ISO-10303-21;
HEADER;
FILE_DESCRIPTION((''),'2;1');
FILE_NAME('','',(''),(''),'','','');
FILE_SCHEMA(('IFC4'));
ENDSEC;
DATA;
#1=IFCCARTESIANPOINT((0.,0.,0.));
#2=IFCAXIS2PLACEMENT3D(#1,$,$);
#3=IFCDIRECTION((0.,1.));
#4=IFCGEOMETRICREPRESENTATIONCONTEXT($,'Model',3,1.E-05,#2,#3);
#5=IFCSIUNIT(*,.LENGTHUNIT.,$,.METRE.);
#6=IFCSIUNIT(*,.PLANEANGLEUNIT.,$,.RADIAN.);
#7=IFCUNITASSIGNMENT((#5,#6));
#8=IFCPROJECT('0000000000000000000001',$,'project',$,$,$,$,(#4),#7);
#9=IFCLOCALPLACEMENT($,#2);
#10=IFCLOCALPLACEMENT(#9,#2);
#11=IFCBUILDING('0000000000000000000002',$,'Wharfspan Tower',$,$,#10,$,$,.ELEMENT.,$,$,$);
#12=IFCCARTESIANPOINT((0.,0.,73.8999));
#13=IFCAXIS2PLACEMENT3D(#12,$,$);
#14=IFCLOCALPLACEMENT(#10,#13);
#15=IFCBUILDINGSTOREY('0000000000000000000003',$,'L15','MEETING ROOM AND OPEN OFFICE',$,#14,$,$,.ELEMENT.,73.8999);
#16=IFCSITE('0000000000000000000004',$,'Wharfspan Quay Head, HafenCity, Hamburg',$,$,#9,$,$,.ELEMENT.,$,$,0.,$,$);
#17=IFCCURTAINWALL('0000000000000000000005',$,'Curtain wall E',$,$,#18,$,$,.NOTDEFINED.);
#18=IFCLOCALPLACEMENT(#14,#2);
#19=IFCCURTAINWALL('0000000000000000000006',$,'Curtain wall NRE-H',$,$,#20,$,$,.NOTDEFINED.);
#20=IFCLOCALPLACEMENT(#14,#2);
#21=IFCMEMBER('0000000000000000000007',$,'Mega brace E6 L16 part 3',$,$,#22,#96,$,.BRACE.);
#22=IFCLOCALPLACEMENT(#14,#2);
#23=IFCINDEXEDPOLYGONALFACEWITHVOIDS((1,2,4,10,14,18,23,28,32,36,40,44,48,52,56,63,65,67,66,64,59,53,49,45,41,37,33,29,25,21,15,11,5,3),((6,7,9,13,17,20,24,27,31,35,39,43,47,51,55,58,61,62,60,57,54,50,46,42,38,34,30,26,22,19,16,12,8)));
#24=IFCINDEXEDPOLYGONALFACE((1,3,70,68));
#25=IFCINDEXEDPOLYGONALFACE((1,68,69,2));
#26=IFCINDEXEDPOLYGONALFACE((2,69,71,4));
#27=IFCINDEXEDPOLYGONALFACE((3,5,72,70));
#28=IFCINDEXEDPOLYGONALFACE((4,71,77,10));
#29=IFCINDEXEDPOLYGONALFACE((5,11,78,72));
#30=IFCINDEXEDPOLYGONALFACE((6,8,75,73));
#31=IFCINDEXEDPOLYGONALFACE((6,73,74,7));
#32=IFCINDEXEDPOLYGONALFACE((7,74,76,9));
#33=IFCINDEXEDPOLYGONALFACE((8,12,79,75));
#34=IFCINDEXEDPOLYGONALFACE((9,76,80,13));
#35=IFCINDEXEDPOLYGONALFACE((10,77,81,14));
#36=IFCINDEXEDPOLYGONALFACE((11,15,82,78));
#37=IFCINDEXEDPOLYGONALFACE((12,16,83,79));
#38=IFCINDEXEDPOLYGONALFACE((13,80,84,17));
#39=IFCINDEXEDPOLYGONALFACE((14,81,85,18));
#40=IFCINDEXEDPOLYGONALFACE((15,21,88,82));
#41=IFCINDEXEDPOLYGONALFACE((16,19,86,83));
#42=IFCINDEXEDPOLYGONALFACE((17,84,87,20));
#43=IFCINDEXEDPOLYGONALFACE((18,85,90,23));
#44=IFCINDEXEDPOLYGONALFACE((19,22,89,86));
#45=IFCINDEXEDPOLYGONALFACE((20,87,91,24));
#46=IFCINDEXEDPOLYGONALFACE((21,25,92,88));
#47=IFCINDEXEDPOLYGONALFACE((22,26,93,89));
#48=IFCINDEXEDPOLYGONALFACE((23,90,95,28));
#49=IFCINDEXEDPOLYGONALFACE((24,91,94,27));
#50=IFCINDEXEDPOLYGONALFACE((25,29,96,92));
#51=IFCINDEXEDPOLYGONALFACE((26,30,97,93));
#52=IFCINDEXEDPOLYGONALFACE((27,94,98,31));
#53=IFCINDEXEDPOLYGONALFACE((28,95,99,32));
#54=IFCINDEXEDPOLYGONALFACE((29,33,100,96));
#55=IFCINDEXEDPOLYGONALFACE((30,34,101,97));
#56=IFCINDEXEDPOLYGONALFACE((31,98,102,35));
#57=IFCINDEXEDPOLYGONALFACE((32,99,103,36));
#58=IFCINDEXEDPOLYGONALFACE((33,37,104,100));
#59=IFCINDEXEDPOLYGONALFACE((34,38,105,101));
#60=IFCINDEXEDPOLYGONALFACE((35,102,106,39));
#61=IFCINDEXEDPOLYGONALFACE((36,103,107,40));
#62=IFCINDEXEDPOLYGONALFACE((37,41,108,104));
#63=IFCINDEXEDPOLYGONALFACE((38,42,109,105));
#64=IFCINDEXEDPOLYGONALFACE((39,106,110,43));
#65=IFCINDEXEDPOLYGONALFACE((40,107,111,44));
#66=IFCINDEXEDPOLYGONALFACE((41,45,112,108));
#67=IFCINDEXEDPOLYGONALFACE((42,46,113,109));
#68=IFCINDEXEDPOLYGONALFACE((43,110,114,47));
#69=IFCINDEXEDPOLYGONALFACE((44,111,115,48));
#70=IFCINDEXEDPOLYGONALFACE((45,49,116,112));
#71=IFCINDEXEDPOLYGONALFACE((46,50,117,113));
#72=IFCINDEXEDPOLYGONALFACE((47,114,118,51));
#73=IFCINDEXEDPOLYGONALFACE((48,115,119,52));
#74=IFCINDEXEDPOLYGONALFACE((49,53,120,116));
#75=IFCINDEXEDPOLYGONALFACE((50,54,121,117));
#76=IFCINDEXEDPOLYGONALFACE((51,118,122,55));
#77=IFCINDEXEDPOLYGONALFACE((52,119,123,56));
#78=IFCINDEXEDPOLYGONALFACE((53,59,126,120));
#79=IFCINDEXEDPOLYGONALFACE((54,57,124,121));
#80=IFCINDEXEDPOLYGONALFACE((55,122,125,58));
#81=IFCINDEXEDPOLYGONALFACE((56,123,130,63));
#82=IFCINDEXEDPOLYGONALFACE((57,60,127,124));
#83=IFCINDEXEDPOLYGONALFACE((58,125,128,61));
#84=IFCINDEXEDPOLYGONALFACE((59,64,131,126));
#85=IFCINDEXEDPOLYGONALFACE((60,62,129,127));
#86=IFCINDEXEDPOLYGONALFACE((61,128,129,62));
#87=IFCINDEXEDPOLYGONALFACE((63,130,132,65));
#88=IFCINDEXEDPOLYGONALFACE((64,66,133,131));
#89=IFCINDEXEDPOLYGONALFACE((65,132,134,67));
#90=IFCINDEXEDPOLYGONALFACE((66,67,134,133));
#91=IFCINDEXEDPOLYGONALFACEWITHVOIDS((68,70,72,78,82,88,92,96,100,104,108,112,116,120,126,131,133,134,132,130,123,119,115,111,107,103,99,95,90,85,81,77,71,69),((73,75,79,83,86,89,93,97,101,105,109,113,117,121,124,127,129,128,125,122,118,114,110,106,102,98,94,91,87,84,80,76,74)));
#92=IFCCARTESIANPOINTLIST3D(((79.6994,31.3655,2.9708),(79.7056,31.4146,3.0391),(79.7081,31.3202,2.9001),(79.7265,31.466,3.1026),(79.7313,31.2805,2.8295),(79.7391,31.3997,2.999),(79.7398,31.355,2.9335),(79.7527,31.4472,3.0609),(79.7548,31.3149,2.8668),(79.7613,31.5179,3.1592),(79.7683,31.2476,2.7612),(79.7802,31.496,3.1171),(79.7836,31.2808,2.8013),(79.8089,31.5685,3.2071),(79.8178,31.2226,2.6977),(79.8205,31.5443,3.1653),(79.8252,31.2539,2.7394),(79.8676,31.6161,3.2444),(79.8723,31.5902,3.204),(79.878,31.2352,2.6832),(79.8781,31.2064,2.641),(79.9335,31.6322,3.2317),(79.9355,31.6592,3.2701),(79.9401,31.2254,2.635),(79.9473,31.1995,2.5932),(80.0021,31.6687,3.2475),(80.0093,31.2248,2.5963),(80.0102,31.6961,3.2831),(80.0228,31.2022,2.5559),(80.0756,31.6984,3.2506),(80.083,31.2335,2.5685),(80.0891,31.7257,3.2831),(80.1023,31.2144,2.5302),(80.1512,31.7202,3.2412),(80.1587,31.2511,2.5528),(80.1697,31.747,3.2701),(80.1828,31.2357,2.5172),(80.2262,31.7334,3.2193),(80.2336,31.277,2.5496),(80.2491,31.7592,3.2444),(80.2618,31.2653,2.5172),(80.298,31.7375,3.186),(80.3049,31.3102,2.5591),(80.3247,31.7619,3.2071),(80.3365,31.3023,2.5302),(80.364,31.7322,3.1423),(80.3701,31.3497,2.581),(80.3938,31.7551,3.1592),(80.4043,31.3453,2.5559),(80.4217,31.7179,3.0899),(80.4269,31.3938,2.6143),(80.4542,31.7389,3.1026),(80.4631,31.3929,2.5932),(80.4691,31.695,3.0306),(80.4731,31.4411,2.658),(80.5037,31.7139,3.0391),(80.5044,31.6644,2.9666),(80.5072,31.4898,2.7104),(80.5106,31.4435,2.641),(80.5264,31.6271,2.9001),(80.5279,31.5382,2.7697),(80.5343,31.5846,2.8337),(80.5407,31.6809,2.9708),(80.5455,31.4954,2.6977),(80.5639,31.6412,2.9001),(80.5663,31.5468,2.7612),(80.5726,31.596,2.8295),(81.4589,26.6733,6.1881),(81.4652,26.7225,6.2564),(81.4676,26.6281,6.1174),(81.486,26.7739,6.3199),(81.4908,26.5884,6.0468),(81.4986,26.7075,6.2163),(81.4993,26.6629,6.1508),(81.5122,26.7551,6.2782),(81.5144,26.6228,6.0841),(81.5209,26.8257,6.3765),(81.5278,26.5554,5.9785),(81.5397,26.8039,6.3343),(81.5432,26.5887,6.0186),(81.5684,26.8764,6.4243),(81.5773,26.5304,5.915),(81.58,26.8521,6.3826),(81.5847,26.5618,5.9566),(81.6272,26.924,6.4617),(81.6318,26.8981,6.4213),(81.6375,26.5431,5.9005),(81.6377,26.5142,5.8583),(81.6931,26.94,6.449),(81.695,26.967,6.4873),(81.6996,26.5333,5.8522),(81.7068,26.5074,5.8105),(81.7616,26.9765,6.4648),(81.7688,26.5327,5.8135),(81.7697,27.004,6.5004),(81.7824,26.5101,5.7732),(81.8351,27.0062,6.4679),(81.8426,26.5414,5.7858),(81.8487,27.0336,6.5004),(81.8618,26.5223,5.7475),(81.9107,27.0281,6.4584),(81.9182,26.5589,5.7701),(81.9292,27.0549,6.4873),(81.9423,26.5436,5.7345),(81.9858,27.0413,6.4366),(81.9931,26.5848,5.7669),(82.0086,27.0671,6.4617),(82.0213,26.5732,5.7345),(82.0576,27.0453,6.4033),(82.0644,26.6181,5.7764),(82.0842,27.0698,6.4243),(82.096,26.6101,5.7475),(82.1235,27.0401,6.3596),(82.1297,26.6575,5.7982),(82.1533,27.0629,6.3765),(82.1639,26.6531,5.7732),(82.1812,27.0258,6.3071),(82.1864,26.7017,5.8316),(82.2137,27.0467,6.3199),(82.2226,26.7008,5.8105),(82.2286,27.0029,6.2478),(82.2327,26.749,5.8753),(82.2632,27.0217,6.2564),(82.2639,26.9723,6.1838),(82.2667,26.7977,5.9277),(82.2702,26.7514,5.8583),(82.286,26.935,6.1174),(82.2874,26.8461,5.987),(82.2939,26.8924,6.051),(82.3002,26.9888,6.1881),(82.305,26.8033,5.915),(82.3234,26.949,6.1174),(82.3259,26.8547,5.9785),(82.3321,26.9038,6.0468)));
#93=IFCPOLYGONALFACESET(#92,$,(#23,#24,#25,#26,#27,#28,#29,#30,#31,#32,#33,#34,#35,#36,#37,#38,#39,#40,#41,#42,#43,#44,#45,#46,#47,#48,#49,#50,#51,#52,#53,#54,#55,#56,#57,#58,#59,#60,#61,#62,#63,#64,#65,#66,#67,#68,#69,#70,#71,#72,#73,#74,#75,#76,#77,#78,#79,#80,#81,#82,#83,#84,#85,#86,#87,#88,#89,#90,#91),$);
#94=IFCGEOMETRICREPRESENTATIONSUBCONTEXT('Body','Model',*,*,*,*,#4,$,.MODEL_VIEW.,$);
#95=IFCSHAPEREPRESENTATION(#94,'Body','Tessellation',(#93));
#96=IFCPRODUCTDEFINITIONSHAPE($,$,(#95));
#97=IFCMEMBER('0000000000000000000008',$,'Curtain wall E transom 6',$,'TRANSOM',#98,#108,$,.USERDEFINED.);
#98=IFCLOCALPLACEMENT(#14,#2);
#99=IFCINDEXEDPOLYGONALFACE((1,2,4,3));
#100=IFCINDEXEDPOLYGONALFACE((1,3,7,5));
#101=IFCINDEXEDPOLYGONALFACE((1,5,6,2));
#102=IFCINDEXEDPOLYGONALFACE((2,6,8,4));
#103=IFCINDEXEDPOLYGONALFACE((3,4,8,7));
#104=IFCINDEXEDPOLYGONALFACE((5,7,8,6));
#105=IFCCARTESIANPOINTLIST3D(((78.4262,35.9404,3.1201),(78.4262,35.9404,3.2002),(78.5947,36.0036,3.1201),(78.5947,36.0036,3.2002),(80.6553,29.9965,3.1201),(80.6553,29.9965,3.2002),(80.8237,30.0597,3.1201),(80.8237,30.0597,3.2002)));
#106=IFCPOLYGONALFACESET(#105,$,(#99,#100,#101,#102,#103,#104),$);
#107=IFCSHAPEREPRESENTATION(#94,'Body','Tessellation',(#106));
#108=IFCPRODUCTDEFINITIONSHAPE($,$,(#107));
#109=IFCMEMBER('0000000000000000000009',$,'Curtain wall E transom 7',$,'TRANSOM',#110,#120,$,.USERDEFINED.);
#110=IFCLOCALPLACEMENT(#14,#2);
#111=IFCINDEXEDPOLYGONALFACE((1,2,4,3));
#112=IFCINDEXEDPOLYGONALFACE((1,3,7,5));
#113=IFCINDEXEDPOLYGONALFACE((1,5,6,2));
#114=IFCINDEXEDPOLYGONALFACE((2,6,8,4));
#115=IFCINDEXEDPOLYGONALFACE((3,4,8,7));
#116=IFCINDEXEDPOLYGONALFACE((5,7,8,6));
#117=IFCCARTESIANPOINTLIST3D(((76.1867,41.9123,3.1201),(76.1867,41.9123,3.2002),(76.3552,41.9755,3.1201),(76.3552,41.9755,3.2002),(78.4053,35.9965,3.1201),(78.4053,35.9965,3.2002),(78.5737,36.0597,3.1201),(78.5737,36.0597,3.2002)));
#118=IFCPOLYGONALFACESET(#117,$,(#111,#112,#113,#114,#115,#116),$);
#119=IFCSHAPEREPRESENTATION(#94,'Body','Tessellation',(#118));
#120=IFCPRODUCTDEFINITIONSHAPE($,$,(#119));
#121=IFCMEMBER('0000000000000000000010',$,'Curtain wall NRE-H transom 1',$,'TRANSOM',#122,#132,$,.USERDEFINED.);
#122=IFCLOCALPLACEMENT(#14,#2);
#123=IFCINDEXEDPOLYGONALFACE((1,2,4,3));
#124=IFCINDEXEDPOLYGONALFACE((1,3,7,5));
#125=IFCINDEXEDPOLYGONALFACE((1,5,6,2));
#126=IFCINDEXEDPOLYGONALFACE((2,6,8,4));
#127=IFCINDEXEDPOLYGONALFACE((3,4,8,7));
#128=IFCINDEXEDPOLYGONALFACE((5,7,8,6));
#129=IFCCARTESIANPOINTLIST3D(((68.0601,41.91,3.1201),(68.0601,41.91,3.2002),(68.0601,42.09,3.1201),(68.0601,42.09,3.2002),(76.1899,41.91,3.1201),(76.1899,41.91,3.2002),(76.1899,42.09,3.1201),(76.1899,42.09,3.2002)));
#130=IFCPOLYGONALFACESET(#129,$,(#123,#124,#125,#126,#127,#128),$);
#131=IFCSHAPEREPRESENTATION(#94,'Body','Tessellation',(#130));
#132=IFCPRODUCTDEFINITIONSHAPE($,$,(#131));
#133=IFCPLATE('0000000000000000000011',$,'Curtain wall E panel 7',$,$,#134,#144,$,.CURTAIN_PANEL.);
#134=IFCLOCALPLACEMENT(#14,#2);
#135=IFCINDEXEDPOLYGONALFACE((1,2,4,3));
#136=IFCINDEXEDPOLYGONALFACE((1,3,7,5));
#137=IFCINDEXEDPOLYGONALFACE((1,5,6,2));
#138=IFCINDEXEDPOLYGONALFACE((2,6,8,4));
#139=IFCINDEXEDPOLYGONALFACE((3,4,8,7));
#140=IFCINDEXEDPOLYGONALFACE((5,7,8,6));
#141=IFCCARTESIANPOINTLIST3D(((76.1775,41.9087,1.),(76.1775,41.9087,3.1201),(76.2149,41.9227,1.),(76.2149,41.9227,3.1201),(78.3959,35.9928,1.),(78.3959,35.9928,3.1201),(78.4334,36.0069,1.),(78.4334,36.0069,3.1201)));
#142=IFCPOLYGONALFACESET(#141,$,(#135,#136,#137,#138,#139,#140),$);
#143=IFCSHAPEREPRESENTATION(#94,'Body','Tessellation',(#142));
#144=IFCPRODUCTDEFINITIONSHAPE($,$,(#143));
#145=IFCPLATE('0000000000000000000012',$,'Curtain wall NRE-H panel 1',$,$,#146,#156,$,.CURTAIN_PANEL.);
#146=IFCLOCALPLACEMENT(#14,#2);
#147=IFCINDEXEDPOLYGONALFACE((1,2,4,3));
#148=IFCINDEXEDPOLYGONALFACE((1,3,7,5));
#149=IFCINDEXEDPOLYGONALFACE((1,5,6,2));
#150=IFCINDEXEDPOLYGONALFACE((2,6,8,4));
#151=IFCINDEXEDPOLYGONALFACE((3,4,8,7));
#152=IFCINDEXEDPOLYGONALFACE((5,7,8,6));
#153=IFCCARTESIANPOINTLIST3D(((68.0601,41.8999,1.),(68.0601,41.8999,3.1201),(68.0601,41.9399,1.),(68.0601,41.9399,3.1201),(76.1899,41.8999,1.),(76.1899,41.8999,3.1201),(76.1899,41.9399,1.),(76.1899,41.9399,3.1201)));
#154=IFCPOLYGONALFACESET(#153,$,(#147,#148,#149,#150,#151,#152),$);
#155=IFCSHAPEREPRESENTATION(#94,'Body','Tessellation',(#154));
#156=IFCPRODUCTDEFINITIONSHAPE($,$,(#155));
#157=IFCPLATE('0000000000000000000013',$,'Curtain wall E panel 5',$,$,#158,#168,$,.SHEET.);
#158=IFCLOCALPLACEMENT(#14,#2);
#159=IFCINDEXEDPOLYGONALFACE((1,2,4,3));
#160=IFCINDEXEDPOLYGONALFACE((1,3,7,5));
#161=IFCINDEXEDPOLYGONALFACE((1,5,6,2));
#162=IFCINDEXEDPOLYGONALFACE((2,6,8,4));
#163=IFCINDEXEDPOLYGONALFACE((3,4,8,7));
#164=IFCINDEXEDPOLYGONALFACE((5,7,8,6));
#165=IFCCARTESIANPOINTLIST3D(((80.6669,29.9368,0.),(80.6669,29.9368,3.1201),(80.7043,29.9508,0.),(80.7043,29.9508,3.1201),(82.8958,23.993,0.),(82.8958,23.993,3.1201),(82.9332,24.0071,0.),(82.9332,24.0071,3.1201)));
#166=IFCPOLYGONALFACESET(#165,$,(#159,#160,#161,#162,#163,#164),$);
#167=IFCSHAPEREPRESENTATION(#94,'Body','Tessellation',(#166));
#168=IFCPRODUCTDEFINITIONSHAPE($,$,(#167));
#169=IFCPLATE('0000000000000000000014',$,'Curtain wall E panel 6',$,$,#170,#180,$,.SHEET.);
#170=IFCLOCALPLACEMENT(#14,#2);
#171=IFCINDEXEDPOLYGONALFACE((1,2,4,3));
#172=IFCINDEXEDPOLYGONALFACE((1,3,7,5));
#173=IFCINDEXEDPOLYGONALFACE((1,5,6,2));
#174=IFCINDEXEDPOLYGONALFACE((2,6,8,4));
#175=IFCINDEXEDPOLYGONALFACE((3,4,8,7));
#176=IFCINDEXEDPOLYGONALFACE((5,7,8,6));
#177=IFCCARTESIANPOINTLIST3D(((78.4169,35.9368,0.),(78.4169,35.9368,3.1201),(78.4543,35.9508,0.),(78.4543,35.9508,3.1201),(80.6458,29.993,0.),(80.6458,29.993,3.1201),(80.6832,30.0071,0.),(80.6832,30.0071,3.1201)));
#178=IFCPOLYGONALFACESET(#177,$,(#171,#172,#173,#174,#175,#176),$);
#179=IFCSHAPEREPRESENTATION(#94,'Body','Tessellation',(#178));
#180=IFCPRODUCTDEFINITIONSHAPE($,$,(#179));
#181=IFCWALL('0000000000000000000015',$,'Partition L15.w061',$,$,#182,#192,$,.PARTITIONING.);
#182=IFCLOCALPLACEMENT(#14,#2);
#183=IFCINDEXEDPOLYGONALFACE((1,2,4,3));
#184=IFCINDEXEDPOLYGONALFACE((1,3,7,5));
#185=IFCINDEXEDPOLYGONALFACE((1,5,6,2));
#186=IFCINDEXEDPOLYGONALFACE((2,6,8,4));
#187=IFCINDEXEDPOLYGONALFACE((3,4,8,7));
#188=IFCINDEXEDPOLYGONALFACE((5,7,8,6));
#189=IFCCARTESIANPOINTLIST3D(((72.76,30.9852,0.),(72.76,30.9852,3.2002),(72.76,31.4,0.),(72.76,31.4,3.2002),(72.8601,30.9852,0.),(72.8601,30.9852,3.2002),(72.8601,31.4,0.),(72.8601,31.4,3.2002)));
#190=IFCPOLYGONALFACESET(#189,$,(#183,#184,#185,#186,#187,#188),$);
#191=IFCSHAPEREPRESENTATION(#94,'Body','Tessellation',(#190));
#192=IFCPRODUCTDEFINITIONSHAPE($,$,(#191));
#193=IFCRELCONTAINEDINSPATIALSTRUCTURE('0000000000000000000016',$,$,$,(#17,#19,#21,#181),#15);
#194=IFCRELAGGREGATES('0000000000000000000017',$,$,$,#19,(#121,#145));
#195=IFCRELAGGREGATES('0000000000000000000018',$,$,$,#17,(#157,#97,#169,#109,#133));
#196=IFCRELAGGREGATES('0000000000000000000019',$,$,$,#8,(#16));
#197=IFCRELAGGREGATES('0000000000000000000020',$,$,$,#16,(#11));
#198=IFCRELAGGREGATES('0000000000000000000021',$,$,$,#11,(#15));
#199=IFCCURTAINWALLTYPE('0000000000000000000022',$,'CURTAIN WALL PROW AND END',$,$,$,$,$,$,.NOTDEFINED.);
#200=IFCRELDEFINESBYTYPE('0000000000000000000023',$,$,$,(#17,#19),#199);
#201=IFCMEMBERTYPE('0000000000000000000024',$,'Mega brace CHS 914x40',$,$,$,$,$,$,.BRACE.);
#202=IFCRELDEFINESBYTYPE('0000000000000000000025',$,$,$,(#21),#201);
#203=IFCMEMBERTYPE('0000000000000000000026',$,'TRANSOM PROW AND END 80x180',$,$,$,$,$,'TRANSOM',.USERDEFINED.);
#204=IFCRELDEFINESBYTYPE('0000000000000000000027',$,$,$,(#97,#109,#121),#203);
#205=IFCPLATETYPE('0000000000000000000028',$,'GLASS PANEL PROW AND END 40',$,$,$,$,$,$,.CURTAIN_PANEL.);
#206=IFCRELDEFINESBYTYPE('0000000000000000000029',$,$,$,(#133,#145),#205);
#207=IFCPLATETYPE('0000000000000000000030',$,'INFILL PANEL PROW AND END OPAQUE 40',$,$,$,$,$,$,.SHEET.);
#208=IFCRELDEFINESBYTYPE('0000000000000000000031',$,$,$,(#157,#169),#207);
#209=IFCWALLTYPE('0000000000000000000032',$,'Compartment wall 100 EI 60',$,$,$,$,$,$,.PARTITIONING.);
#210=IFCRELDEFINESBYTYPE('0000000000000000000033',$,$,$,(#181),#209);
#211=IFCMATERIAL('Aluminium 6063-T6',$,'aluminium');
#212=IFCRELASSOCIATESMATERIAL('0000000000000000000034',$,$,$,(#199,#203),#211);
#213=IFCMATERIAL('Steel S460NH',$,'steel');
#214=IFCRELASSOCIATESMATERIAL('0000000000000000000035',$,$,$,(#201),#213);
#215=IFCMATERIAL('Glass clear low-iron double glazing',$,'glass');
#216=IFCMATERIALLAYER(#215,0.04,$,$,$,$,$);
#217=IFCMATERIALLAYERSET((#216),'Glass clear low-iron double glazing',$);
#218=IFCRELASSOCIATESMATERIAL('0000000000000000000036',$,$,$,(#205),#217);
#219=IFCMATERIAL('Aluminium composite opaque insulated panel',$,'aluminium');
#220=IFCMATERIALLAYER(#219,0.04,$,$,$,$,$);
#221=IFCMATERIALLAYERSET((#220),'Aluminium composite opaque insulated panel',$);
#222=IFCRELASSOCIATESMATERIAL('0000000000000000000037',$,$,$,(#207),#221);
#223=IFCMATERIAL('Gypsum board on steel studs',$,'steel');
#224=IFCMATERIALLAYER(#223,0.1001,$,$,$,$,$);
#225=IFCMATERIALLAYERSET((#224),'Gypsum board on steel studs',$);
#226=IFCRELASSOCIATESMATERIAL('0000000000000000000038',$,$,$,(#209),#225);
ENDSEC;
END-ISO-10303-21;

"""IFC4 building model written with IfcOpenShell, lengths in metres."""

from ifc_helpers import new_model, si_unit, direction, frame, frame_2d, origin, origin_2d, place, context, subcontext, project, spatial, rectangle, hollow_circle, extrude, material, layer, layer_set, material_profile, profile_set, type_object, element, aggregate, save


model = new_model("IFC4")

# Units and contexts
model_context = context("Model", 3, precision=1e-05, world=origin(), true_north=direction((0.0, 1.0)))
body_context = subcontext(model_context, "Body", "Model", "MODEL_VIEW")
ifc_project = project(units=[si_unit("LENGTHUNIT", "METRE"), si_unit("PLANEANGLEUNIT", "RADIAN")], contexts=[model_context])

# Site, building, storey
site_placement = place(None, origin())
site = spatial("IfcSite", under=ifc_project, at=site_placement, Name="Wharfspan Quay Head, HafenCity, Hamburg", CompositionType="ELEMENT", RefElevation=0.0)
building_placement = place(site_placement, origin())
building = spatial("IfcBuilding", under=site, at=building_placement, Name="Wharfspan Tower", CompositionType="ELEMENT")
storey_placement = place(building_placement, frame((0.0, 0.0, 73.8999)))
storey = spatial("IfcBuildingStorey", under=building, at=storey_placement, Name="L15", Description="MEETING ROOM AND OPEN OFFICE", CompositionType="ELEMENT", Elevation=73.8999)

# Curtain wall
ifc_material_1 = material(Name="Aluminium 6063-T6", Category="aluminium")
curtain_wall_type = type_object("IfcCurtainWallType", Name="CURTAIN WALL PROW AND END", PredefinedType="NOTDEFINED", material=ifc_material_1)
curtain_wall_1_placement = place(storey_placement, origin())
curtain_wall_1 = element("IfcCurtainWall", 1, at=curtain_wall_1_placement, inside=storey, type_object=curtain_wall_type, Name="Curtain wall E", PredefinedType="NOTDEFINED")

# Curtain wall
curtain_wall_2_placement = place(storey_placement, origin())
curtain_wall_2 = element("IfcCurtainWall", 2, at=curtain_wall_2_placement, inside=storey, type_object=curtain_wall_type, Name="Curtain wall NRE-H", PredefinedType="NOTDEFINED")

# Members
ifc_material_2 = material(Name="Steel S460NH", Category="steel")
ifc_material_profile_1 = material_profile(ifc_material_2, hollow_circle(Radius=0.457, WallThickness=0.04, at=origin_2d()))
ifc_profile_set_1 = profile_set([ifc_material_profile_1], Name="Steel S460NH")
member_type_1 = type_object("IfcMemberType", Name="Mega brace CHS 914x40", PredefinedType="BRACE", material=ifc_profile_set_1)
member_1_placement = place(storey_placement, frame((80.136, 31.4807, 2.9001), z_axis=(0.295466, -0.787922, 0.540259), x_axis=(0.936329, 0.351115, -0.000004)))
element("IfcMember", 3, at=member_1_placement, inside=storey, type_object=member_type_1, Name="Mega brace E6 L16 part 3", PredefinedType="BRACE", context=body_context, shape_type="SweptSolid", body=[
    extrude(hollow_circle(Radius=0.457, WallThickness=0.04, at=origin_2d()), origin(), (0.0, 0.0, 1.0), 5.9551),
])
ifc_material_profile_2 = material_profile(ifc_material_1, rectangle(XDim=0.1799, YDim=0.0801, at=origin_2d()))
ifc_profile_set_2 = profile_set([ifc_material_profile_2], Name="Aluminium 6063-T6")
member_type_2 = type_object("IfcMemberType", Name="TRANSOM PROW AND END 80x180", ElementType="TRANSOM", PredefinedType="USERDEFINED", material=ifc_profile_set_2)
member_2_placement = place(storey_placement, frame((80.7395, 30.0281, 3.1602), z_axis=(-0.351132, 0.936326, 0.0), x_axis=(-0.936326, -0.351132, 0.0)))
member_2 = element("IfcMember", 4, at=member_2_placement, type_object=member_type_2, Name="Curtain wall E transom 6", ObjectType="TRANSOM", PredefinedType="USERDEFINED", context=body_context, shape_type="SweptSolid", body=[
    extrude(rectangle(XDim=0.1799, YDim=0.0801, at=origin_2d()), origin(), (0.0, 0.0, 1.0), 6.3481),
])
member_3_placement = place(storey_placement, frame((78.4895, 36.0281, 3.1602), z_axis=(-0.351136, 0.936324, 0.0), x_axis=(-0.936324, -0.351136, 0.0)))
member_3 = element("IfcMember", 5, at=member_3_placement, type_object=member_type_2, Name="Curtain wall E transom 7", ObjectType="TRANSOM", PredefinedType="USERDEFINED", context=body_context, shape_type="SweptSolid", body=[
    extrude(rectangle(XDim=0.1799, YDim=0.0801, at=origin_2d()), origin(), (0.0, 0.0, 1.0), 6.3181),
])
member_4_placement = place(storey_placement, frame((76.1899, 42.0, 3.1602), z_axis=(-1.0, 0.0, 0.0), x_axis=(0.0, -1.0, 0.0)))
member_4 = element("IfcMember", 6, at=member_4_placement, type_object=member_type_2, Name="Curtain wall NRE-H transom 1", ObjectType="TRANSOM", PredefinedType="USERDEFINED", context=body_context, shape_type="SweptSolid", body=[
    extrude(rectangle(XDim=0.1799, YDim=0.0801, at=origin_2d()), origin(), (0.0, 0.0, 1.0), 8.1299),
])

# Plates
ifc_material_3 = material(Name="Glass clear low-iron double glazing", Category="glass")
ifc_layer_1 = layer(ifc_material_3, 0.04)
ifc_layer_set_1 = layer_set([ifc_layer_1], Name="Glass clear low-iron double glazing")
plate_type_1 = type_object("IfcPlateType", Name="GLASS PANEL PROW AND END 40", PredefinedType="CURTAIN_PANEL", material=ifc_layer_set_1)
plate_1_placement = place(storey_placement, frame((77.3054, 38.9578, 1.0), z_axis=(0.0, 0.0, 1.0), x_axis=(-0.351123, 0.936328, 0.0)))
plate_1 = element("IfcPlate", 7, at=plate_1_placement, type_object=plate_type_1, Name="Curtain wall E panel 7", PredefinedType="CURTAIN_PANEL", context=body_context, shape_type="SweptSolid", body=[
    extrude(rectangle(XDim=6.3181, YDim=0.04, at=origin_2d()), origin(), (0.0, 0.0, 1.0), 2.1201),
])
plate_2_placement = place(storey_placement, frame((72.125, 41.9199, 1.0), z_axis=(0.0, 0.0, 1.0), x_axis=(-1.0, 0.0, 0.0)))
plate_2 = element("IfcPlate", 8, at=plate_2_placement, type_object=plate_type_1, Name="Curtain wall NRE-H panel 1", PredefinedType="CURTAIN_PANEL", context=body_context, shape_type="SweptSolid", body=[
    extrude(rectangle(XDim=8.1299, YDim=0.04, at=origin_2d()), origin(), (0.0, 0.0, 1.0), 2.1201),
])
aggregate(curtain_wall_2, [member_4, plate_2])
ifc_material_4 = material(Name="Aluminium composite opaque insulated panel", Category="aluminium")
ifc_layer_2 = layer(ifc_material_4, 0.04)
ifc_layer_set_2 = layer_set([ifc_layer_2], Name="Aluminium composite opaque insulated panel")
plate_type_2 = type_object("IfcPlateType", Name="INFILL PANEL PROW AND END OPAQUE 40", PredefinedType="SHEET", material=ifc_layer_set_2)
plate_3_placement = place(storey_placement, frame((81.8, 26.9719, 0.0), z_axis=(0.0, 0.0, 1.0), x_axis=(-0.351123, 0.936328, 0.0)))
plate_3 = element("IfcPlate", 9, at=plate_3_placement, type_object=plate_type_2, Name="Curtain wall E panel 5", PredefinedType="SHEET", context=body_context, shape_type="SweptSolid", body=[
    extrude(rectangle(XDim=6.3479, YDim=0.04, at=origin_2d()), origin(), (0.0, 0.0, 1.0), 3.1201),
])
plate_4_placement = place(storey_placement, frame((79.55, 32.9719, 0.0), z_axis=(0.0, 0.0, 1.0), x_axis=(-0.351123, 0.936328, 0.0)))
plate_4 = element("IfcPlate", 10, at=plate_4_placement, type_object=plate_type_2, Name="Curtain wall E panel 6", PredefinedType="SHEET", context=body_context, shape_type="SweptSolid", body=[
    extrude(rectangle(XDim=6.3479, YDim=0.04, at=origin_2d()), origin(), (0.0, 0.0, 1.0), 3.1201),
])
aggregate(curtain_wall_1, [plate_3, member_2, plate_4, member_3, plate_1])

# Wall
ifc_material_5 = material(Name="Gypsum board on steel studs", Category="steel")
ifc_layer_3 = layer(ifc_material_5, 0.1001)
ifc_layer_set_3 = layer_set([ifc_layer_3], Name="Gypsum board on steel studs")
wall_type_1 = type_object("IfcWallType", Name="Compartment wall 100 EI 60", PredefinedType="PARTITIONING", material=ifc_layer_set_3)
wall_1_placement = place(storey_placement, frame((72.8101, 30.9851, 0.0), z_axis=(0.0, 0.0, 1.0), x_axis=(0.0, 1.0, 0.0)))
element("IfcWall", 11, at=wall_1_placement, inside=storey, type_object=wall_type_1, Name="Partition L15.w061", PredefinedType="PARTITIONING", context=body_context, shape_type="SweptSolid", body=[
    extrude(rectangle(XDim=0.4148, YDim=0.1001, at=frame_2d((0.2075, 0.0))), origin(), (0.0, 0.0, 1.0), 3.2002),
])

save(model, "model.ifc")
